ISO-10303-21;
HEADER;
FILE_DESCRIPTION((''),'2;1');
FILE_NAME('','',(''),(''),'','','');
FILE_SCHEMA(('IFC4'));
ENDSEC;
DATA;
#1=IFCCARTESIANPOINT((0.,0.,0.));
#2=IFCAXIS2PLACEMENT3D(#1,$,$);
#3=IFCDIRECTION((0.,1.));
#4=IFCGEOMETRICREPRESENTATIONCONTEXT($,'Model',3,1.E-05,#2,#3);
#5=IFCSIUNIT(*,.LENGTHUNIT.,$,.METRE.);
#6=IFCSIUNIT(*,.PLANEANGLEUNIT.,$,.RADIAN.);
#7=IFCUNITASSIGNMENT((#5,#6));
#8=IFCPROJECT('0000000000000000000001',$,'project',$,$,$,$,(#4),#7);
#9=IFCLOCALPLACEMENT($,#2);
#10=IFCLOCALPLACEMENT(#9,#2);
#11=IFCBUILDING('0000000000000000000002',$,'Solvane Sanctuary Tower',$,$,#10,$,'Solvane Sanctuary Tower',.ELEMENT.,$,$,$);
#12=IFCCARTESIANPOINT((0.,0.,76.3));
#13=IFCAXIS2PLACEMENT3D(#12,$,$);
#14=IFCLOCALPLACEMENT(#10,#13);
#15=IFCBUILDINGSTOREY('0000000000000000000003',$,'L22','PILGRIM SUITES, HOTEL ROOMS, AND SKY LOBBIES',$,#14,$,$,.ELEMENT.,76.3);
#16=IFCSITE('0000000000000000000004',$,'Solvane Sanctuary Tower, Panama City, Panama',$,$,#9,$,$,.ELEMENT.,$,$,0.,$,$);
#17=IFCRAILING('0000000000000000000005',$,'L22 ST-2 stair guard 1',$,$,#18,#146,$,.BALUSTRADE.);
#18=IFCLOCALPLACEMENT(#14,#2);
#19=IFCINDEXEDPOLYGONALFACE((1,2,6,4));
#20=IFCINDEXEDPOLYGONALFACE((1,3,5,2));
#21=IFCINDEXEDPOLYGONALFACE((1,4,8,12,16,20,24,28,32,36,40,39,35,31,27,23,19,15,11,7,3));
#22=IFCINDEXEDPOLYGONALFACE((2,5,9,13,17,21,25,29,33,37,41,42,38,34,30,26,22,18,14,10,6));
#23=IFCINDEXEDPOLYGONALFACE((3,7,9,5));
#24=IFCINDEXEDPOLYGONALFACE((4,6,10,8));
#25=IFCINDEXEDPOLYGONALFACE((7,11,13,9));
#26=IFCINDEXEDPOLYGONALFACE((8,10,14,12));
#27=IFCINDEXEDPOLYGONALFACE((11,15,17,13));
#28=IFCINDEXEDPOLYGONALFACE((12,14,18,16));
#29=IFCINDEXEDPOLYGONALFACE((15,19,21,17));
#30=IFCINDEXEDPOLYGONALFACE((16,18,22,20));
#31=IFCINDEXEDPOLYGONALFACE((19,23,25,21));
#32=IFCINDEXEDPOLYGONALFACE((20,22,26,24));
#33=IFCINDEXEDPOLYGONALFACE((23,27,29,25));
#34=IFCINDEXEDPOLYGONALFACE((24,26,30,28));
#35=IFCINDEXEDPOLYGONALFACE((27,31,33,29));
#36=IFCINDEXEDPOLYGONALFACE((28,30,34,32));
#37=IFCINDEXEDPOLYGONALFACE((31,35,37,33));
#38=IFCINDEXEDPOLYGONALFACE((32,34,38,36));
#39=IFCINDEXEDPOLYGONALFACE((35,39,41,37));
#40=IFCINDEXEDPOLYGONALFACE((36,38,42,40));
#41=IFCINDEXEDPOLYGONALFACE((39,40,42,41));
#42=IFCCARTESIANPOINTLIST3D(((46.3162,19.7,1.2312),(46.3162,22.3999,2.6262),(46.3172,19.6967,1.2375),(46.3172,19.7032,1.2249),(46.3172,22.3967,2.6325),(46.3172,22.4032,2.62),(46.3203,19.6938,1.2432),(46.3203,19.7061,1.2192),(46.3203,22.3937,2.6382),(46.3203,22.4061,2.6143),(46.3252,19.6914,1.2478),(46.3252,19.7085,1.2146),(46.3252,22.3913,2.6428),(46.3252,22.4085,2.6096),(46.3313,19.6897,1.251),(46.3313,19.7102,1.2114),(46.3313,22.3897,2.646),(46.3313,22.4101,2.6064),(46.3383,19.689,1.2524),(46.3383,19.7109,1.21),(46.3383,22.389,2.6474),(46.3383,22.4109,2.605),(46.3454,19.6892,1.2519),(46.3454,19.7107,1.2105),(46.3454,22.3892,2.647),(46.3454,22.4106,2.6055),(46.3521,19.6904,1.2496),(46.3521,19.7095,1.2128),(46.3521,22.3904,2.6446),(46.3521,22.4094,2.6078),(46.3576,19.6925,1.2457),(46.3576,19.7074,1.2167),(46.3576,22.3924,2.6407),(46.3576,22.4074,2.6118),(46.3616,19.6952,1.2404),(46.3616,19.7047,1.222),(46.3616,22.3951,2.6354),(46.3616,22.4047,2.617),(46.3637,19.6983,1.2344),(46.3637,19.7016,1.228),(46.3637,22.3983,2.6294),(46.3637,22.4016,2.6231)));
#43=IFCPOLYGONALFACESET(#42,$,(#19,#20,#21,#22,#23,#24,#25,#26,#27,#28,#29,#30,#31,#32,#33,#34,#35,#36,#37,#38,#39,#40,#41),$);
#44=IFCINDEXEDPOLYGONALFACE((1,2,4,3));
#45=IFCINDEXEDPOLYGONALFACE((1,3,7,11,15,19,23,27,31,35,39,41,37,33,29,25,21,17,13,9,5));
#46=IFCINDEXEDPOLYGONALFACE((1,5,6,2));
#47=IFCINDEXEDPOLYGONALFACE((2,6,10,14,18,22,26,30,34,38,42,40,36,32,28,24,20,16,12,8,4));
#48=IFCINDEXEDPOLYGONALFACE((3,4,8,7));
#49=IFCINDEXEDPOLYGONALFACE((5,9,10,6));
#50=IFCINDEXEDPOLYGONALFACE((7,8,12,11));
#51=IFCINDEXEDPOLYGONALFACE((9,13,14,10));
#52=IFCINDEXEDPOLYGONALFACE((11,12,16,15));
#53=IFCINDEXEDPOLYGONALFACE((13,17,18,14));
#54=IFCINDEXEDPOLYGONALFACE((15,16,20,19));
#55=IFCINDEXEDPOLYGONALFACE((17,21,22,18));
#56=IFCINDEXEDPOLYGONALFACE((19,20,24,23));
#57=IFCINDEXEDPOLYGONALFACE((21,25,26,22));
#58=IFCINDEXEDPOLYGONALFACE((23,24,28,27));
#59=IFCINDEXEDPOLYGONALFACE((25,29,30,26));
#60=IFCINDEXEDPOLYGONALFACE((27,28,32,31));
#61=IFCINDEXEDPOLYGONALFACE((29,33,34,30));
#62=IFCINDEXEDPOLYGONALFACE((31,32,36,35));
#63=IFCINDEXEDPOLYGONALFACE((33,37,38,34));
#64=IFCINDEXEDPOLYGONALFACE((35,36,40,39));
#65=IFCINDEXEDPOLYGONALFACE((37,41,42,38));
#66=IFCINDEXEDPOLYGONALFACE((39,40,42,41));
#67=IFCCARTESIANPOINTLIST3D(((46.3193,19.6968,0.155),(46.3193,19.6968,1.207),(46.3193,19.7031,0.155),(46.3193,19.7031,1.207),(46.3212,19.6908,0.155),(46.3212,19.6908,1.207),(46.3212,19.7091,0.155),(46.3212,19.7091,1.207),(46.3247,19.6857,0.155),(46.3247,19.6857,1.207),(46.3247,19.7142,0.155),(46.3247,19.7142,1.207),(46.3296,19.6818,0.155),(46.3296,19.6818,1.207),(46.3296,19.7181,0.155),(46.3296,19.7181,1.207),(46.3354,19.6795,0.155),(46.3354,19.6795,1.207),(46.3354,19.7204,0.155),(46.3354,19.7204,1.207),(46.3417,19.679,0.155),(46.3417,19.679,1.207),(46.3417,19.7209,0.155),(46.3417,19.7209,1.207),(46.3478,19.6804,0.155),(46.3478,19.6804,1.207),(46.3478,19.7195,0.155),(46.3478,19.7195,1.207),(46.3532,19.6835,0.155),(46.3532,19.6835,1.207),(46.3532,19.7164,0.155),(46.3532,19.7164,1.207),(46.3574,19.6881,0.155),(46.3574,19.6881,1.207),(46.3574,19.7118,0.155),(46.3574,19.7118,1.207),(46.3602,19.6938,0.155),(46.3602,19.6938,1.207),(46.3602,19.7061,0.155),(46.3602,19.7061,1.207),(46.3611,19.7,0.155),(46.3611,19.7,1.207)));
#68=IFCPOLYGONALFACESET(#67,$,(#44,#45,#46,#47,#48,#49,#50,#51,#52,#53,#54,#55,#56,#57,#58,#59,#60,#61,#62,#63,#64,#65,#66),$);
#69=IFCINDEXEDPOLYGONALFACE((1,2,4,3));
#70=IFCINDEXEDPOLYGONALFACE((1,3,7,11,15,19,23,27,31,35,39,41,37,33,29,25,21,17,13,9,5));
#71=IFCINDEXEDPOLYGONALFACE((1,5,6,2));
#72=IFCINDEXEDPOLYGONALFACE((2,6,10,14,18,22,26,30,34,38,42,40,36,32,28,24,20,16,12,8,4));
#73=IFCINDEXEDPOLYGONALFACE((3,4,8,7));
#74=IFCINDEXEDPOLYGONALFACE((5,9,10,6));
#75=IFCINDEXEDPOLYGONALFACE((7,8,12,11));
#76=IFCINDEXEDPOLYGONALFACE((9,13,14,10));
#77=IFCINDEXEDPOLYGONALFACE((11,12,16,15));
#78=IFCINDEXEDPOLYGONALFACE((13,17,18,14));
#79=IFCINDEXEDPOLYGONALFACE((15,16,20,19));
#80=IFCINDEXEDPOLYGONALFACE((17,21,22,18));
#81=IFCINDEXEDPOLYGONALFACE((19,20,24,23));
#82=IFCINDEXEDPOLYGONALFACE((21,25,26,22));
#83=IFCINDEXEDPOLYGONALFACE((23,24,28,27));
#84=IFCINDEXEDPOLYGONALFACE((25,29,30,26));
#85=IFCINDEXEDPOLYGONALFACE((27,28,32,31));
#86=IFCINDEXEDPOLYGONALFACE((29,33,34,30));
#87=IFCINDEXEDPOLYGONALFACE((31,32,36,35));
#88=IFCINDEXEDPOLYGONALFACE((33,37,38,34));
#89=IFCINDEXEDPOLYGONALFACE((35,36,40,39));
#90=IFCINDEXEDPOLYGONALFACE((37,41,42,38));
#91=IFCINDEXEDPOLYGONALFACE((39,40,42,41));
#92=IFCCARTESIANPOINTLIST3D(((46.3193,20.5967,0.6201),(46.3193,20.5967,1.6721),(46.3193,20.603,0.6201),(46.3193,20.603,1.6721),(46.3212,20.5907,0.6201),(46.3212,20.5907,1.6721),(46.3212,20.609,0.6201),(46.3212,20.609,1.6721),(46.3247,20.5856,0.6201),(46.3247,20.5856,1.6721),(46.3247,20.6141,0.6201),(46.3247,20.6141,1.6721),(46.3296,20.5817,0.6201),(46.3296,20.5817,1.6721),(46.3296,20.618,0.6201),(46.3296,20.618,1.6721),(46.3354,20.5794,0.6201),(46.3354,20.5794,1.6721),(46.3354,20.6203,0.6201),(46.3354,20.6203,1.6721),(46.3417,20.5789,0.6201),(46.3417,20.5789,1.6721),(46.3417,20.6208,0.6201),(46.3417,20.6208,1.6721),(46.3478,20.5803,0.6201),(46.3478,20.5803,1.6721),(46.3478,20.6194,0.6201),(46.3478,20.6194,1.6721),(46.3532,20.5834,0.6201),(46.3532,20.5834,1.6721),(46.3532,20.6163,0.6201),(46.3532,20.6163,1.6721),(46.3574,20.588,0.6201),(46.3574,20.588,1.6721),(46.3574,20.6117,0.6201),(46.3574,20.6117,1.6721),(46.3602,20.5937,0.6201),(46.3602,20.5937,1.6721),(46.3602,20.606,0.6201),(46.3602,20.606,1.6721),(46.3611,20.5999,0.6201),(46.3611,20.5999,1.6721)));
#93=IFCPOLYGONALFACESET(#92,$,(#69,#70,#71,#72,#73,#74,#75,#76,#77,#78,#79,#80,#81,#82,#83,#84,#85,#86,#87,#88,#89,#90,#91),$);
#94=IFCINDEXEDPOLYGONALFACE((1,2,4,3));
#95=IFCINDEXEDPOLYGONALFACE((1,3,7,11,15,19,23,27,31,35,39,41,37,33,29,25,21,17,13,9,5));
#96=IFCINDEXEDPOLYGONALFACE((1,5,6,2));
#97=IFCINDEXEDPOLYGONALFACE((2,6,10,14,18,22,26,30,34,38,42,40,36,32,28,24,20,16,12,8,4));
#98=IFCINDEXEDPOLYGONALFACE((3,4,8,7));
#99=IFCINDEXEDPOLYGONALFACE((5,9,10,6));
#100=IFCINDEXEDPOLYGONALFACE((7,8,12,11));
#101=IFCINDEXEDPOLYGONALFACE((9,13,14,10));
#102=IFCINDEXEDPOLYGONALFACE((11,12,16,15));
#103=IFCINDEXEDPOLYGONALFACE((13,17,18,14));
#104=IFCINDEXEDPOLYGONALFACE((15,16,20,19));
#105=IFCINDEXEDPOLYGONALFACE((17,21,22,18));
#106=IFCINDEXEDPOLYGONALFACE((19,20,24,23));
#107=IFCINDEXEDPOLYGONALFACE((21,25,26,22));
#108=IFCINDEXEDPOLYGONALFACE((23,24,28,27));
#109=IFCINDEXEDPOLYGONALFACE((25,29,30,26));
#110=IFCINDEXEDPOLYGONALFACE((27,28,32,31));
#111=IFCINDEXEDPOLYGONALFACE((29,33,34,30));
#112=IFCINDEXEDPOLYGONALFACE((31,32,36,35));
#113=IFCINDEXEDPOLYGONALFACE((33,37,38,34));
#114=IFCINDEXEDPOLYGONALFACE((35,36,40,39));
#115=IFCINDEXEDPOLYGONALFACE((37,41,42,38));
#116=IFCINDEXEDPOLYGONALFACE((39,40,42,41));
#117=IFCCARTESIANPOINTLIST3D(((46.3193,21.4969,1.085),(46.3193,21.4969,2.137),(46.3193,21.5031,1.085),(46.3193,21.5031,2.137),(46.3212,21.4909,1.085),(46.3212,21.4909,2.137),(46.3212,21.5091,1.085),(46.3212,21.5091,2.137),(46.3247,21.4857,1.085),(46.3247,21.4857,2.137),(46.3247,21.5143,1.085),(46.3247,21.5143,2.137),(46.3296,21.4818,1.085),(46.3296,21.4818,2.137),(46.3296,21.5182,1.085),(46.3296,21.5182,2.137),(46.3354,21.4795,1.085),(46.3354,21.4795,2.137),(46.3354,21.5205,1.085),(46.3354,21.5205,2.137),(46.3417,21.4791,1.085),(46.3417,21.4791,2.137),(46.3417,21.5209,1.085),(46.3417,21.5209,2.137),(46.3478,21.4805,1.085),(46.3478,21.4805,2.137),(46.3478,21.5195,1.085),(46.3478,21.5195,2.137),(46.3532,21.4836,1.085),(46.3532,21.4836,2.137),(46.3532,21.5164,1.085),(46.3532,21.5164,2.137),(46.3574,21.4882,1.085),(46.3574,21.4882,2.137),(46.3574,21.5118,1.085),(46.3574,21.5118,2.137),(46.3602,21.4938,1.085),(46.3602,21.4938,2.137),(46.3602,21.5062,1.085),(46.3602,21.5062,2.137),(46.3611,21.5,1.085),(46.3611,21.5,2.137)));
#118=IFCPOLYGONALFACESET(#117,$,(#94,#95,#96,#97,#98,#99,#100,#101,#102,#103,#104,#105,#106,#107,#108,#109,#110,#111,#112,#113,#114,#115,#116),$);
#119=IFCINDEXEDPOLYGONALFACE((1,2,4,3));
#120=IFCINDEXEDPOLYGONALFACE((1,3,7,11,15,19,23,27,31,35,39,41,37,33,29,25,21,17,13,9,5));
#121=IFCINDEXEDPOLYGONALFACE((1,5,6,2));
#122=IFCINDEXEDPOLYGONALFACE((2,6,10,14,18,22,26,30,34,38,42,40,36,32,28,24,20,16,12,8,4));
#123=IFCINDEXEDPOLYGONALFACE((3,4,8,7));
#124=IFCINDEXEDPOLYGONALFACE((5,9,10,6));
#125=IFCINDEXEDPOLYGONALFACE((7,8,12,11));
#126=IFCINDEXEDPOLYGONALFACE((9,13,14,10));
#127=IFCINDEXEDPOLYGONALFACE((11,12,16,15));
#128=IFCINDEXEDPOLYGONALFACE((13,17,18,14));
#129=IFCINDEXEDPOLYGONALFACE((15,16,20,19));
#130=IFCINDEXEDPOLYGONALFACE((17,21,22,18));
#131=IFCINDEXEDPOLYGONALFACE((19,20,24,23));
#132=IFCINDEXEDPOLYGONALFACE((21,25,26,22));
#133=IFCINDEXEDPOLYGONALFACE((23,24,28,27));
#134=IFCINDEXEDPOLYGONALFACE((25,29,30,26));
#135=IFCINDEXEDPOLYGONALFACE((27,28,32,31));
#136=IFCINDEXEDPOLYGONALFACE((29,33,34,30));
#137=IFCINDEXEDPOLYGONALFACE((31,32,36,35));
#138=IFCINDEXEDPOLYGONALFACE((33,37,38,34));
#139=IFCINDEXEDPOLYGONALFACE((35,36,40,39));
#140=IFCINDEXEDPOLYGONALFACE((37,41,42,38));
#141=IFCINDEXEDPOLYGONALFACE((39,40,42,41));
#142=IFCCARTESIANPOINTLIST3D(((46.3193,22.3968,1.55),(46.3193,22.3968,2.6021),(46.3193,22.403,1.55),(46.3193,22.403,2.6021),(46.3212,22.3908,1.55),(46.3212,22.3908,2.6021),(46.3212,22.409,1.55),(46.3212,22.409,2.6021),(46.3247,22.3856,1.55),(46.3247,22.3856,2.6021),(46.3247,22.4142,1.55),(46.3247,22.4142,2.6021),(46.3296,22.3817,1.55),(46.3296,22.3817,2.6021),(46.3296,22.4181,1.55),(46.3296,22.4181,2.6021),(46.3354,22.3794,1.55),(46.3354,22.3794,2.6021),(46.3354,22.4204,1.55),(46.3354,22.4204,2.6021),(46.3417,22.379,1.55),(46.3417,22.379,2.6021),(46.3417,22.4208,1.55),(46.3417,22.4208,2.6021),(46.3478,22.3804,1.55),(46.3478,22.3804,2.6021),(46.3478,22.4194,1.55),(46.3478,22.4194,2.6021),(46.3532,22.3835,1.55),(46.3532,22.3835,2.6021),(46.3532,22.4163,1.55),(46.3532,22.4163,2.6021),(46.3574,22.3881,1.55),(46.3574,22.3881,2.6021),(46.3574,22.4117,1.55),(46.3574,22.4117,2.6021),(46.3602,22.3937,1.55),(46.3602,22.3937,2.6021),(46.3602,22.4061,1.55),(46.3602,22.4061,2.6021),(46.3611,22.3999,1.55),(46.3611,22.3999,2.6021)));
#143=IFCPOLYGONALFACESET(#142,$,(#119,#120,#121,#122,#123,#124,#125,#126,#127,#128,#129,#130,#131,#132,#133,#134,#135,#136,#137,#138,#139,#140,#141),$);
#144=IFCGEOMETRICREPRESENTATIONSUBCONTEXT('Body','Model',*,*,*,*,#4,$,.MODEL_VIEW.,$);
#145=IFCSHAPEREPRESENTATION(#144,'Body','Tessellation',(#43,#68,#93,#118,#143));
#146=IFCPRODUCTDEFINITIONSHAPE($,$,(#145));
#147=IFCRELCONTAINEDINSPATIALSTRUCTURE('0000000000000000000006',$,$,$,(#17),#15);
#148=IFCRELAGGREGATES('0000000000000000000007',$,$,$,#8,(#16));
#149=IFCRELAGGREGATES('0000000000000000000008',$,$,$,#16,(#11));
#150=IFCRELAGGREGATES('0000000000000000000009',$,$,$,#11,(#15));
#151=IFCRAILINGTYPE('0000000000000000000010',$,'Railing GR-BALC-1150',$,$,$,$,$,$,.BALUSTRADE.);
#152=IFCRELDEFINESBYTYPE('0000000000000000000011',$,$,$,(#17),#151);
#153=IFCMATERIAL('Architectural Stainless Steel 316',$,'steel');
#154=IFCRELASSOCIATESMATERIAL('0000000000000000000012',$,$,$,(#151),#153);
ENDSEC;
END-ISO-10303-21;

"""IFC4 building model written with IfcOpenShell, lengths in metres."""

from ifc_helpers import new_model, si_unit, direction, frame, origin, origin_2d, place, context, subcontext, project, spatial, circle, extrude, material, type_object, element, save


model = new_model("IFC4")

# Units and contexts
model_context = context("Model", 3, precision=1e-05, world=origin(), true_north=direction((0.0, 1.0)))
body_context = subcontext(model_context, "Body", "Model", "MODEL_VIEW")
ifc_project = project(units=[si_unit("LENGTHUNIT", "METRE"), si_unit("PLANEANGLEUNIT", "RADIAN")], contexts=[model_context])

# Site, building, storey
site_placement = place(None, origin())
site = spatial("IfcSite", under=ifc_project, at=site_placement, Name="Solvane Sanctuary Tower, Panama City, Panama", CompositionType="ELEMENT", RefElevation=0.0)
building_placement = place(site_placement, origin())
building = spatial("IfcBuilding", under=site, at=building_placement, Name="Solvane Sanctuary Tower", LongName="Solvane Sanctuary Tower", CompositionType="ELEMENT")
storey_placement = place(building_placement, frame((0.0, 0.0, 76.3)))
storey = spatial("IfcBuildingStorey", under=building, at=storey_placement, Name="L22", Description="PILGRIM SUITES, HOTEL ROOMS, AND SKY LOBBIES", CompositionType="ELEMENT", Elevation=76.3)

# Shared definitions
ifc_material_1 = material(Name="Architectural Stainless Steel 316", Category="steel")

# Railing
railing_type_1 = type_object("IfcRailingType", Name="Railing GR-BALC-1150", PredefinedType="BALUSTRADE", material=ifc_material_1)
railing_1_placement = place(storey_placement, frame((46.3401, 19.7, 0.155)))
element("IfcRailing", 1, at=railing_1_placement, inside=storey, type_object=railing_type_1, Name="L22 ST-2 stair guard 1", PredefinedType="BALUSTRADE", context=body_context, shape_type="SweptSolid", body=[
    extrude(circle(Radius=0.0239, at=origin_2d()), frame((0.0, 0.0, 1.0762), z_axis=(0.0, 0.88842, 0.459032), x_axis=(-1.0, 0.0, 0.0)), (0.0, 0.0, 1.0), 3.0391),
    extrude(circle(Radius=0.021, at=origin_2d()), origin(), (0.0, 0.0, 1.0), 1.052),
    extrude(circle(Radius=0.021, at=origin_2d()), frame((0.0, 0.8999, 0.4651)), (0.0, 0.0, 1.0), 1.052),
    extrude(circle(Radius=0.021, at=origin_2d()), frame((0.0, 1.8, 0.9299)), (0.0, 0.0, 1.0), 1.052),
    extrude(circle(Radius=0.021, at=origin_2d()), frame((0.0, 2.7, 1.395)), (0.0, 0.0, 1.0), 1.052),
])

save(model, "model.ifc")
